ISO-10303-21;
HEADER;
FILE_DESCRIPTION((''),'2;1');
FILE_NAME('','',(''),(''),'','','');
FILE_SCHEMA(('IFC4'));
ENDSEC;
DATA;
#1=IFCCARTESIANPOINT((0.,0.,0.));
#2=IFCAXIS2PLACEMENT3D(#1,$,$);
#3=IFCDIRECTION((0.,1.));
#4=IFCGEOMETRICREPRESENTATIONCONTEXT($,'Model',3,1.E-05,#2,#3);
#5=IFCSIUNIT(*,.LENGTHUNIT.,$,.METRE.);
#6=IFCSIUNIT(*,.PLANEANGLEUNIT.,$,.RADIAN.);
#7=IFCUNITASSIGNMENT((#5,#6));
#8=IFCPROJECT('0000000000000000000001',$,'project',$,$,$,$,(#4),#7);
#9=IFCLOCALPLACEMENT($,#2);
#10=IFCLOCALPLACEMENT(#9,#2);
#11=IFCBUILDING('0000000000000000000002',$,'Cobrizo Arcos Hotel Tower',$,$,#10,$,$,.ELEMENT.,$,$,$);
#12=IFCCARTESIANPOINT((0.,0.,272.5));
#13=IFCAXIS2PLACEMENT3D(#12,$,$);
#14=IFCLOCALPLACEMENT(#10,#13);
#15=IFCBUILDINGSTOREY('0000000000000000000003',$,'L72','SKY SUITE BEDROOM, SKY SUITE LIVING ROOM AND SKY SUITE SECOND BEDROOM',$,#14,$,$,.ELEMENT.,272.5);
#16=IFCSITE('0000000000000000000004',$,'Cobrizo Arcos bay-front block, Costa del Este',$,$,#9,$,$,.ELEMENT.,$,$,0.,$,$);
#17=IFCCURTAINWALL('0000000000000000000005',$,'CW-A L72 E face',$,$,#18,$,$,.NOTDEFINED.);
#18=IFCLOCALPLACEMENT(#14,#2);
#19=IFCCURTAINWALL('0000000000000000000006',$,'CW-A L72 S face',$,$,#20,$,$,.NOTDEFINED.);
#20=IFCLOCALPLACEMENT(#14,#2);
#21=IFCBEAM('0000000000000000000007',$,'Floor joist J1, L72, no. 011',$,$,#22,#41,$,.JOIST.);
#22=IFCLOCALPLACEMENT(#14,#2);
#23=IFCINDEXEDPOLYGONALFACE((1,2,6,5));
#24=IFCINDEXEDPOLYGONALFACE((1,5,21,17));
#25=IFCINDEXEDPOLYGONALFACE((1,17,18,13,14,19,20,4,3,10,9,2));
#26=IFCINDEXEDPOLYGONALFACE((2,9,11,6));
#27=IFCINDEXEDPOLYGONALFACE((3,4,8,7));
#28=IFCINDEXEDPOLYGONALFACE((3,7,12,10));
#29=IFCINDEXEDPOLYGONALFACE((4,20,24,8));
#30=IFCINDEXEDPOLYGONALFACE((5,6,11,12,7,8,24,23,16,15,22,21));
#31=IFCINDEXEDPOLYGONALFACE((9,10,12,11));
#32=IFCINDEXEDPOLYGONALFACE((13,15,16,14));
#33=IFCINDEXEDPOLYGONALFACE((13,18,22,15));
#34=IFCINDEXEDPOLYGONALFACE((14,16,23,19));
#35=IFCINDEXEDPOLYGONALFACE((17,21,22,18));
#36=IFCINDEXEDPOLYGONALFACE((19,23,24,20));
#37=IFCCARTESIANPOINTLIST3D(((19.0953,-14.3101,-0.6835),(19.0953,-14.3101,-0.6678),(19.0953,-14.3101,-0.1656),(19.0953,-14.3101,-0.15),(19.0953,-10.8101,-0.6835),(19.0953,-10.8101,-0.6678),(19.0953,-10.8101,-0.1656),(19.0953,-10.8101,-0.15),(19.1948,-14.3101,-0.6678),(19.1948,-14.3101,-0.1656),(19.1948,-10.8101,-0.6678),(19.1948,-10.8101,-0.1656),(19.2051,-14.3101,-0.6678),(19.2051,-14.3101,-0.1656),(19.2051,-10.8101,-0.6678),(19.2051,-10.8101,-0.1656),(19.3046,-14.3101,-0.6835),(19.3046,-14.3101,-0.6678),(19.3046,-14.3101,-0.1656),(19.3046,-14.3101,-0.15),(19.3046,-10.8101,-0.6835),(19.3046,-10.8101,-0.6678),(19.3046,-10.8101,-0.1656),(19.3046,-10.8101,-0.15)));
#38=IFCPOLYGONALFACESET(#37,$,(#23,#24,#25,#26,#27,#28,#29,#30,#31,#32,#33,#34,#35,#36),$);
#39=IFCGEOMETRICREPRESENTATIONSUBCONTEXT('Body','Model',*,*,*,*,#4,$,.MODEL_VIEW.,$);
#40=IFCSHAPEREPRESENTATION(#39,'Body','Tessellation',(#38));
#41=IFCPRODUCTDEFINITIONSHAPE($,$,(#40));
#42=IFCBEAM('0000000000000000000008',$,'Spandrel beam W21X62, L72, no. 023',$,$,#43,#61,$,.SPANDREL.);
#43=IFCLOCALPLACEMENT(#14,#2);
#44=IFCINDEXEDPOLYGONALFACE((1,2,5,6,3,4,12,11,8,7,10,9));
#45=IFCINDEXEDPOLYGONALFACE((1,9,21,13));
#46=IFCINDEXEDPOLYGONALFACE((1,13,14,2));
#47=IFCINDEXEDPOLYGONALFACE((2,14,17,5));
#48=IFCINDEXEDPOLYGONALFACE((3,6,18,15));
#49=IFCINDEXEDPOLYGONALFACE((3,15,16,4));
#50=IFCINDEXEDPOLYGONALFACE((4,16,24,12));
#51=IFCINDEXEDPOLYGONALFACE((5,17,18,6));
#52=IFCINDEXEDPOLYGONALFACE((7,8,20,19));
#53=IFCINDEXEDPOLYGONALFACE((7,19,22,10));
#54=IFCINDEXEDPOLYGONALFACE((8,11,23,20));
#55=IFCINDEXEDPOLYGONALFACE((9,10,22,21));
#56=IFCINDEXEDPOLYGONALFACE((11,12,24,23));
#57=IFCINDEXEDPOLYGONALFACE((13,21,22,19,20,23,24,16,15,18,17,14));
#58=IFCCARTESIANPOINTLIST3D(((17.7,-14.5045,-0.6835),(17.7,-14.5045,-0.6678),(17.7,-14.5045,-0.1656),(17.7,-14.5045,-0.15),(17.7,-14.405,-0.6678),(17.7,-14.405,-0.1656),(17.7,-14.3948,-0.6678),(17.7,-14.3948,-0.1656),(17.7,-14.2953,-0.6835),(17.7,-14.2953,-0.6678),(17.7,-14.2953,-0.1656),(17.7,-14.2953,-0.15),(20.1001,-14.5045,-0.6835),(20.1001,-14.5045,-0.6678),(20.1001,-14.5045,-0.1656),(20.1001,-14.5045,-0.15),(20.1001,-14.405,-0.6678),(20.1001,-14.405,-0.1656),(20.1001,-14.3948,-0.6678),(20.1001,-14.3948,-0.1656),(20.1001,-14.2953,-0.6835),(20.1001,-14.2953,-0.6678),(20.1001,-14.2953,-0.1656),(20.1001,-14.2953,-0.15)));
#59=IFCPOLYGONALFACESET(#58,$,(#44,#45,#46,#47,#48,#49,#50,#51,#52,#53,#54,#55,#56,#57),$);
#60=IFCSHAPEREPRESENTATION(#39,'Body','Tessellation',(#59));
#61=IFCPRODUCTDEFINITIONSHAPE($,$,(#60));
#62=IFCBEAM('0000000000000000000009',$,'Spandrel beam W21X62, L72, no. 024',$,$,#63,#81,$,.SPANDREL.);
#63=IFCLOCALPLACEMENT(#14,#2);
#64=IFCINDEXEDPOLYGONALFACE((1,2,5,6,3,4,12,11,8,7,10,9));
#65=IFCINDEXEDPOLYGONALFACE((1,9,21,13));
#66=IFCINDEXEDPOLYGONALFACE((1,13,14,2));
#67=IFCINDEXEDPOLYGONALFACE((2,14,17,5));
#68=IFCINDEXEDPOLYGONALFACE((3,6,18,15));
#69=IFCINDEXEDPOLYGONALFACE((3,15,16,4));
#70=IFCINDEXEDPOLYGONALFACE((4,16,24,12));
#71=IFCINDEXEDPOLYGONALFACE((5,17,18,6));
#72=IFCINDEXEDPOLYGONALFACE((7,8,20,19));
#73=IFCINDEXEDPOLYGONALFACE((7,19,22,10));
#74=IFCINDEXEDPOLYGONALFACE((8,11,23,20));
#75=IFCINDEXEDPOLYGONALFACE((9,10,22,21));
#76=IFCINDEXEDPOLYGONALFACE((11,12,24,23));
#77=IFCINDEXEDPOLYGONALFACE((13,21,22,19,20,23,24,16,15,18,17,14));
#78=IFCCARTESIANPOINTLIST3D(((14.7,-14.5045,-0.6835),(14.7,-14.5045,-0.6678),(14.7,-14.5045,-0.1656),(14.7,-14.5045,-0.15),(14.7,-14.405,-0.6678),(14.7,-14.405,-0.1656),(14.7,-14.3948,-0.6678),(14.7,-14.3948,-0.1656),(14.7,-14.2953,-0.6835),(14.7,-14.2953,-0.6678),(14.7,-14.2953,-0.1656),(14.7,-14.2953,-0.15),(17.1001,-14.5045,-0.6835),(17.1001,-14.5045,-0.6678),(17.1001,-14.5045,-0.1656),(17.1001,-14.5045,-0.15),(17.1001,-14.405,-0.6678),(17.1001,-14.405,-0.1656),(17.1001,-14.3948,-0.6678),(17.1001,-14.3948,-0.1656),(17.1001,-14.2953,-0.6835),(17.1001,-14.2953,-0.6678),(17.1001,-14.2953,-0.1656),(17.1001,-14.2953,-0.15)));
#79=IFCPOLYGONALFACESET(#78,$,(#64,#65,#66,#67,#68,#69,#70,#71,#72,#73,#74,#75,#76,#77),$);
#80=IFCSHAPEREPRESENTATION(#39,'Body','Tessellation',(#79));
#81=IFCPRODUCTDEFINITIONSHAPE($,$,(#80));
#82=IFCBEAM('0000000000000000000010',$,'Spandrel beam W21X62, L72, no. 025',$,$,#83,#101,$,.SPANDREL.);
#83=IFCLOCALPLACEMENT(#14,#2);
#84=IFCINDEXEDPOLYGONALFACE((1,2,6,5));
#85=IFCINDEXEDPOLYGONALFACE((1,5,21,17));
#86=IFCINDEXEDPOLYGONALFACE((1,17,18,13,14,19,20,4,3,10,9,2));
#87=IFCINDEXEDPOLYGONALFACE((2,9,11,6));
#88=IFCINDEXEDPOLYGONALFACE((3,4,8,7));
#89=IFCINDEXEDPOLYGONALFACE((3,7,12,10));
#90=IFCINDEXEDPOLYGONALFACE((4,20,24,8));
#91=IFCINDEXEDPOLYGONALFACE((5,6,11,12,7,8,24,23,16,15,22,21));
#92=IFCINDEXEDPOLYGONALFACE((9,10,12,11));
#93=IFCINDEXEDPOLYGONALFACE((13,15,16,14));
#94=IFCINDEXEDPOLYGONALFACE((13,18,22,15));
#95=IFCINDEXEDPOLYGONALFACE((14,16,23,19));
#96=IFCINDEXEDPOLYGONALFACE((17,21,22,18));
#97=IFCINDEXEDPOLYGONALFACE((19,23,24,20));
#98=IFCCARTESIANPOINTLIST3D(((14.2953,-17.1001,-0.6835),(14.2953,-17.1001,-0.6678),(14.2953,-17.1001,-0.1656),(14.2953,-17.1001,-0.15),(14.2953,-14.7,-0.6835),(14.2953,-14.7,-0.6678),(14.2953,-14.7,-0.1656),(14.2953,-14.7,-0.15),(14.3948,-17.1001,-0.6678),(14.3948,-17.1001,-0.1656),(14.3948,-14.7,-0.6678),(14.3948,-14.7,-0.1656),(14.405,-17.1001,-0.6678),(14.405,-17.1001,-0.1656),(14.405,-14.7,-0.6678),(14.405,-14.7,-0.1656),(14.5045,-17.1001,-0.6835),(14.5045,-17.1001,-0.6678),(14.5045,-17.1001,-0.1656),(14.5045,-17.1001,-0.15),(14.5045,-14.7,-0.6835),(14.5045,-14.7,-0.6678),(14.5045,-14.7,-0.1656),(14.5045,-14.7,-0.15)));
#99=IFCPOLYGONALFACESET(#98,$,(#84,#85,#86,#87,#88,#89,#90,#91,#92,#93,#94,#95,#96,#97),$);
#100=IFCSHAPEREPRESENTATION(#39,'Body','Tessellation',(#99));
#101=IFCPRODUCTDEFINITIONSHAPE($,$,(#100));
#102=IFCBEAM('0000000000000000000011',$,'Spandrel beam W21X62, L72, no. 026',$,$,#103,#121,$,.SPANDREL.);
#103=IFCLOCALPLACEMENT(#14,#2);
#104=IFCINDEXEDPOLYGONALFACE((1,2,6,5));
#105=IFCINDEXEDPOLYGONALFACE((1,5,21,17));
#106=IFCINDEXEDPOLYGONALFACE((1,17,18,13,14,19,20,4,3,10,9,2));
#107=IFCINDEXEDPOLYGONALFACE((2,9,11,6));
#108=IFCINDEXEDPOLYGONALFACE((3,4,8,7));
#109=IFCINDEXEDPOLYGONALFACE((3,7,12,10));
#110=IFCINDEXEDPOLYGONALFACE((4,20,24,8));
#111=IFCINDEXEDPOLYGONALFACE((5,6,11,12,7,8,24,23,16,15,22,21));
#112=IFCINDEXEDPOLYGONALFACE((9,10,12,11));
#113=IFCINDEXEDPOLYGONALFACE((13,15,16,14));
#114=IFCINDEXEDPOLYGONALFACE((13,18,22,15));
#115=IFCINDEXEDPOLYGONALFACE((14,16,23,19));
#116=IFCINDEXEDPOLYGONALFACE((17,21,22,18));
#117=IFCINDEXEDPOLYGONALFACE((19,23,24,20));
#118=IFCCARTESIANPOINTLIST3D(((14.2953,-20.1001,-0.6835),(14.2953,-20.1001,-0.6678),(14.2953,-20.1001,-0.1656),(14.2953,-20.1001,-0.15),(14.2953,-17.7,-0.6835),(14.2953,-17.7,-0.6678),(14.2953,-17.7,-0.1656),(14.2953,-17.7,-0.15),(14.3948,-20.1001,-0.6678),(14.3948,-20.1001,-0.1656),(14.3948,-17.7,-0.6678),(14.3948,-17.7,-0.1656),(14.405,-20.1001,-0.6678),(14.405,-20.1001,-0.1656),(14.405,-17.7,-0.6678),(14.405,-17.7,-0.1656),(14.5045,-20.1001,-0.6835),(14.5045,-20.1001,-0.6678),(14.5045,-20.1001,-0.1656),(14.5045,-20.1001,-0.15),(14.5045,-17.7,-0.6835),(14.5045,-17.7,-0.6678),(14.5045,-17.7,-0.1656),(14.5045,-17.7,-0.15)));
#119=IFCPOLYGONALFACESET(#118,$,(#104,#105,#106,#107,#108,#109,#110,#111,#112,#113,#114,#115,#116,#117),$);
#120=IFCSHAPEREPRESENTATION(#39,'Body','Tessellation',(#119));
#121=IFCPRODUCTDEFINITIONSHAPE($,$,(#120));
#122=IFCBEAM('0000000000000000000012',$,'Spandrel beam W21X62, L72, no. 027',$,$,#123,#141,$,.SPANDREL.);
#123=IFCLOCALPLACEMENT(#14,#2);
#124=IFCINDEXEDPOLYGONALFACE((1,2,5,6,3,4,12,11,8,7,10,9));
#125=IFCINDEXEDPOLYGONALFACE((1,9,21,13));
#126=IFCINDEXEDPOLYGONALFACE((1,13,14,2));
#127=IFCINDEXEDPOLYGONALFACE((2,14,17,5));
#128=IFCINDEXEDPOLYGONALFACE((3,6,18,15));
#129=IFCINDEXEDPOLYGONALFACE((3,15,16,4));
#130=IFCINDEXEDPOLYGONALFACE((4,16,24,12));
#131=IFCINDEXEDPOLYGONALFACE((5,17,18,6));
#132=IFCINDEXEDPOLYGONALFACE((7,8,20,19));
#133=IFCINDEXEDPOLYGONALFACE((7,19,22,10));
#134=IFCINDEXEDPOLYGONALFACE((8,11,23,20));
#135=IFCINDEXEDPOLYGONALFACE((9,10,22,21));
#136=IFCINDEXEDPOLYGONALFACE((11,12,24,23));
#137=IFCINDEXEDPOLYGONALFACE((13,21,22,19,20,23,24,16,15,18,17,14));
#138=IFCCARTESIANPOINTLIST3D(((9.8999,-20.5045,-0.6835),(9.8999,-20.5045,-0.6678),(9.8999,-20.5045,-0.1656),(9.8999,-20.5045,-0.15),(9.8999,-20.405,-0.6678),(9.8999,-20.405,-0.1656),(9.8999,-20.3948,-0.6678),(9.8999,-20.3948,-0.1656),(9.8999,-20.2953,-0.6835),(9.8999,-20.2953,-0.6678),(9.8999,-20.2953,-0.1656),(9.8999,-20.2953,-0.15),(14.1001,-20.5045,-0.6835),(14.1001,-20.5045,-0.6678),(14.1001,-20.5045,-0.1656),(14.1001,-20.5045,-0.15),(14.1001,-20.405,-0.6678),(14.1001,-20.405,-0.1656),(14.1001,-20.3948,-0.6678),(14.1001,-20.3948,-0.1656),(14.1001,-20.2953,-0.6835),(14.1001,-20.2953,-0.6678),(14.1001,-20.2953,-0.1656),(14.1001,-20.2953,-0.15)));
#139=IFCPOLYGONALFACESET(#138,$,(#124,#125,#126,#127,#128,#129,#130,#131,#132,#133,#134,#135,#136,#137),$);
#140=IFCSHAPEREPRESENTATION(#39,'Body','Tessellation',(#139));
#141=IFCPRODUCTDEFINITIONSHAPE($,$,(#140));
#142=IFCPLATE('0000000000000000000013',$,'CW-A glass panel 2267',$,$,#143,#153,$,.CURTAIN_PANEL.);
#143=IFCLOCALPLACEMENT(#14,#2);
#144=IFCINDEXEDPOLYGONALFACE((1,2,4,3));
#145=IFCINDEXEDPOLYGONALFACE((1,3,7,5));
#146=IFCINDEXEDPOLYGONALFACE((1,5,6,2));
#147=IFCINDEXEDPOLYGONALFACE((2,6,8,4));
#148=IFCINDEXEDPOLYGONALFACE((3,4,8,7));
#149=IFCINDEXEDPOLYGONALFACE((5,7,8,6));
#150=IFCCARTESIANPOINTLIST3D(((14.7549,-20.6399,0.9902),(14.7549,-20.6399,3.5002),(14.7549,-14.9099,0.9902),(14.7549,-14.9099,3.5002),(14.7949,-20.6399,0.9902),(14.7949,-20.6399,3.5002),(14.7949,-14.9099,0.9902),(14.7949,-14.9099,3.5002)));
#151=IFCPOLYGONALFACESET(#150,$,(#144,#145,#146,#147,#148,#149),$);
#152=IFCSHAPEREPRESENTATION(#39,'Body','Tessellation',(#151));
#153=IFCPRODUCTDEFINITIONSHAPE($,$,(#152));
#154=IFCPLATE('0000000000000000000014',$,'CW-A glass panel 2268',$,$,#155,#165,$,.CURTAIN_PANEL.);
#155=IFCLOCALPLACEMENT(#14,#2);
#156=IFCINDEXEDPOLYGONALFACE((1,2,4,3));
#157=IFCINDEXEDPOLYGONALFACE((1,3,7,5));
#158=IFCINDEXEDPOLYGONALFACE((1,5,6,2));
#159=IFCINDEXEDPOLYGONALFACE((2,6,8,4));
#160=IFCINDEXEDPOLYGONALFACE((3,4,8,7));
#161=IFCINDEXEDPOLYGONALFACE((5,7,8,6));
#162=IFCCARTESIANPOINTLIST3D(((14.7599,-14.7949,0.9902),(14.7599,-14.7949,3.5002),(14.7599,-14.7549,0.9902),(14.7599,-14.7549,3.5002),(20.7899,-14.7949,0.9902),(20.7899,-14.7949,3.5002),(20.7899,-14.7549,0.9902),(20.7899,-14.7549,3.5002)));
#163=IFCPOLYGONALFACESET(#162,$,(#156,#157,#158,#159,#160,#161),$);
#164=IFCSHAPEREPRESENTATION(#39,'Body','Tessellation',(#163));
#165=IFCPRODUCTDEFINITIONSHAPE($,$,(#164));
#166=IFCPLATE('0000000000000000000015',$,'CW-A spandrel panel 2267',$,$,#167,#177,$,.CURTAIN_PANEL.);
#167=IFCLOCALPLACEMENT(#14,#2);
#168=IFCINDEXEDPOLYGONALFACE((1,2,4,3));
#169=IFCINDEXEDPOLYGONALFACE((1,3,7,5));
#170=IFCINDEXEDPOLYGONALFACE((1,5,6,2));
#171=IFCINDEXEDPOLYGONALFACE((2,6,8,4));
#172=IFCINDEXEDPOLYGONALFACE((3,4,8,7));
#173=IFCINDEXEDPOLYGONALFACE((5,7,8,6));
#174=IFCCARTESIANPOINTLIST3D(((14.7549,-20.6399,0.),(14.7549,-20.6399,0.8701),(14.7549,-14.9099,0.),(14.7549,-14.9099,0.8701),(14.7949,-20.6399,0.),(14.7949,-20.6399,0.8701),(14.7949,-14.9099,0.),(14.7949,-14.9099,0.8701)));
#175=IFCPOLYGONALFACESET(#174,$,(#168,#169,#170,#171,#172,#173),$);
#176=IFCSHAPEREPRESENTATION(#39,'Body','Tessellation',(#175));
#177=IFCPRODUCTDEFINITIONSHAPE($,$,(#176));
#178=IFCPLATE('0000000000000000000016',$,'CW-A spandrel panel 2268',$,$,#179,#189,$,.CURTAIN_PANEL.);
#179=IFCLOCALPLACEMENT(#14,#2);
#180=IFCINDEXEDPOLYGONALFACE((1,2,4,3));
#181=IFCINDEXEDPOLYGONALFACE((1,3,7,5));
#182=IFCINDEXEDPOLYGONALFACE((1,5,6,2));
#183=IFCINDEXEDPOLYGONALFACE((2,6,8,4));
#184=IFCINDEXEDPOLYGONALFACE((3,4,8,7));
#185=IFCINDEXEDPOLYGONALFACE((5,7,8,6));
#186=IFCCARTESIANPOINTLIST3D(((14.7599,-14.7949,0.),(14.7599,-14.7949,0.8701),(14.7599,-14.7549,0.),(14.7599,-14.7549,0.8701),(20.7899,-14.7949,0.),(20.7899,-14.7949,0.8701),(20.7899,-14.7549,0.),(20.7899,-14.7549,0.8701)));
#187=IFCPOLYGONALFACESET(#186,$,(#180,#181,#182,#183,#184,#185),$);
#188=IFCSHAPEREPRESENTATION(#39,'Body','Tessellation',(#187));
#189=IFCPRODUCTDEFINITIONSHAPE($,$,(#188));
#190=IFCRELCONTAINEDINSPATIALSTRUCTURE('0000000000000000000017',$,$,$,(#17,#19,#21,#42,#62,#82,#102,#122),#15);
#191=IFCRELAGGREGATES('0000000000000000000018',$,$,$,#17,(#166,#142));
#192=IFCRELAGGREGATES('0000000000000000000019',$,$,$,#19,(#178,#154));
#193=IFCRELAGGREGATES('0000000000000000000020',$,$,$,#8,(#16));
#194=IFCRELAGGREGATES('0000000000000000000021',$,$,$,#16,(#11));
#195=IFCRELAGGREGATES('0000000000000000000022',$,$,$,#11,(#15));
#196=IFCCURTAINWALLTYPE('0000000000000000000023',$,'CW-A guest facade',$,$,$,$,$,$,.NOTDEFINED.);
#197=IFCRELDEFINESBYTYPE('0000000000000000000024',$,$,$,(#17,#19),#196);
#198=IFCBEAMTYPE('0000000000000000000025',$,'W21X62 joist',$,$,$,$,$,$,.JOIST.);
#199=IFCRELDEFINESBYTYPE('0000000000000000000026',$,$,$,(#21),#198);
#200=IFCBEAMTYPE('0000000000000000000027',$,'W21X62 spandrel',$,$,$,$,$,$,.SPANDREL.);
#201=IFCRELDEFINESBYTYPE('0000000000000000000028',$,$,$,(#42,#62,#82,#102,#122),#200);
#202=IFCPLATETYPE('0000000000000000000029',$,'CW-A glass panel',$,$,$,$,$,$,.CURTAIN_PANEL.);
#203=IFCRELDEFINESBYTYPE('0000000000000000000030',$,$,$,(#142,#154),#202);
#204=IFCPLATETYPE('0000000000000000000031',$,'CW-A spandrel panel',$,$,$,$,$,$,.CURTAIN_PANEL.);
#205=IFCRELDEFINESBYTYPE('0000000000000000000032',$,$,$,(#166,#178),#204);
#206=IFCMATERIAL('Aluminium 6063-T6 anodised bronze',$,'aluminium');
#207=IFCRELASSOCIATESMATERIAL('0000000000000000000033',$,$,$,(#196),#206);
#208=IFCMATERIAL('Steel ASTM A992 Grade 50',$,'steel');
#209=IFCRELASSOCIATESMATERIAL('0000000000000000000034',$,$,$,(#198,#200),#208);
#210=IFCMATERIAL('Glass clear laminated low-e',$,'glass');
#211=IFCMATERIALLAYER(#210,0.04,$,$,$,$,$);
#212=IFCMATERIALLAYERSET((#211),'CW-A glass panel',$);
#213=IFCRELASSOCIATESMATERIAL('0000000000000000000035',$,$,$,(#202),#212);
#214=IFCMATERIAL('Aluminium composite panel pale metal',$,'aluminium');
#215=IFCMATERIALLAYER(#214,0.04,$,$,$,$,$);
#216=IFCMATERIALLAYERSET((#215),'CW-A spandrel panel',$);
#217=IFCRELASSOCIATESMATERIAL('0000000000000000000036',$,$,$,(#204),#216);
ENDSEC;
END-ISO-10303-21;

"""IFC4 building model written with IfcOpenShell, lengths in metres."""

from ifc_helpers import new_model, si_unit, direction, frame, origin, origin_2d, place, context, subcontext, project, spatial, rectangle, i_section, extrude, material, layer, layer_set, material_profile, profile_set, type_object, element, aggregate, save


model = new_model("IFC4")

# Units and contexts
model_context = context("Model", 3, precision=1e-05, world=origin(), true_north=direction((0.0, 1.0)))
body_context = subcontext(model_context, "Body", "Model", "MODEL_VIEW")
ifc_project = project(units=[si_unit("LENGTHUNIT", "METRE"), si_unit("PLANEANGLEUNIT", "RADIAN")], contexts=[model_context])

# Site, building, storey
site_placement = place(None, origin())
site = spatial("IfcSite", under=ifc_project, at=site_placement, Name="Cobrizo Arcos bay-front block, Costa del Este", CompositionType="ELEMENT", RefElevation=0.0)
building_placement = place(site_placement, origin())
building = spatial("IfcBuilding", under=site, at=building_placement, Name="Cobrizo Arcos Hotel Tower", CompositionType="ELEMENT")
storey_placement = place(building_placement, frame((0.0, 0.0, 272.5)))
storey = spatial("IfcBuildingStorey", under=building, at=storey_placement, Name="L72", Description="SKY SUITE BEDROOM, SKY SUITE LIVING ROOM AND SKY SUITE SECOND BEDROOM", CompositionType="ELEMENT", Elevation=272.5)

# Shared definitions
ifc_material_1 = material(Name="Aluminium 6063-T6 anodised bronze", Category="aluminium")
curtain_wall_type = type_object("IfcCurtainWallType", Name="CW-A guest facade", PredefinedType="NOTDEFINED", material=ifc_material_1)

# Curtain walls
curtain_wall_1_placement = place(storey_placement, origin())
curtain_wall_1 = element("IfcCurtainWall", 1, at=curtain_wall_1_placement, inside=storey, type_object=curtain_wall_type, Name="CW-A L72 E face", PredefinedType="NOTDEFINED")
curtain_wall_2_placement = place(storey_placement, origin())
curtain_wall_2 = element("IfcCurtainWall", 2, at=curtain_wall_2_placement, inside=storey, type_object=curtain_wall_type, Name="CW-A L72 S face", PredefinedType="NOTDEFINED")

# Beams
ifc_material_2 = material(Name="Steel ASTM A992 Grade 50", Category="steel")
ifc_material_profile_1 = material_profile(ifc_material_2, i_section(OverallWidth=0.2092, OverallDepth=0.5334, WebThickness=0.0103, FlangeThickness=0.0156, at=origin_2d()), Name="W21X62")
ifc_profile_set_1 = profile_set([ifc_material_profile_1], Name="Steel ASTM A992 Grade 50")
beam_type_1 = type_object("IfcBeamType", Name="W21X62 joist", PredefinedType="JOIST", material=ifc_profile_set_1)
beam_1_placement = place(storey_placement, frame((19.2, -14.3101, -0.4167), z_axis=(0.0, 1.0, 0.0), x_axis=(-1.0, 0.0, 0.0)))
element("IfcBeam", 3, at=beam_1_placement, inside=storey, type_object=beam_type_1, Name="Floor joist J1, L72, no. 011", PredefinedType="JOIST", context=body_context, shape_type="SweptSolid", body=[
    extrude(i_section(OverallWidth=0.2092, OverallDepth=0.5334, WebThickness=0.0103, FlangeThickness=0.0156, at=origin_2d()), origin(), (0.0, 0.0, 1.0), 3.5),
])
ifc_material_profile_2 = material_profile(ifc_material_2, i_section(OverallWidth=0.2092, OverallDepth=0.5334, WebThickness=0.0103, FlangeThickness=0.0156, at=origin_2d()), Name="W21X62")
ifc_profile_set_2 = profile_set([ifc_material_profile_2], Name="Steel ASTM A992 Grade 50")
beam_type_2 = type_object("IfcBeamType", Name="W21X62 spandrel", PredefinedType="SPANDREL", material=ifc_profile_set_2)
for number, where, z_axis, x_axis, name in (
    (4, (20.1001, -14.3999, -0.4167), (-1.0, 0.0, 0.0), (0.0, -1.0, 0.0), "Spandrel beam W21X62, L72, no. 023"),
    (5, (17.1001, -14.3999, -0.4167), (-1.0, 0.0, 0.0), (0.0, -1.0, 0.0), "Spandrel beam W21X62, L72, no. 024"),
    (6, (14.3999, -14.7, -0.4167), (0.0, -1.0, 0.0), (1.0, 0.0, 0.0), "Spandrel beam W21X62, L72, no. 025"),
    (7, (14.3999, -17.7, -0.4167), (0.0, -1.0, 0.0), (1.0, 0.0, 0.0), "Spandrel beam W21X62, L72, no. 026"),
):
    element("IfcBeam", number, at=place(storey_placement, frame(where, z_axis=z_axis, x_axis=x_axis)), inside=storey, type_object=beam_type_2, Name=name, PredefinedType="SPANDREL", context=body_context, shape_type="SweptSolid", body=[
        extrude(i_section(OverallWidth=0.2092, OverallDepth=0.5334, WebThickness=0.0103, FlangeThickness=0.0156, at=origin_2d()), origin(), (0.0, 0.0, 1.0), 2.4001),
    ])
beam_2_placement = place(storey_placement, frame((14.1001, -20.3999, -0.4167), z_axis=(-1.0, 0.0, 0.0), x_axis=(0.0, -1.0, 0.0)))
element("IfcBeam", 8, at=beam_2_placement, inside=storey, type_object=beam_type_2, Name="Spandrel beam W21X62, L72, no. 027", PredefinedType="SPANDREL", context=body_context, shape_type="SweptSolid", body=[
    extrude(i_section(OverallWidth=0.2092, OverallDepth=0.5334, WebThickness=0.0103, FlangeThickness=0.0156, at=origin_2d()), origin(), (0.0, 0.0, 1.0), 4.2002),
])

# Plates
ifc_material_3 = material(Name="Glass clear laminated low-e", Category="glass")
ifc_layer_1 = layer(ifc_material_3, 0.04)
ifc_layer_set_1 = layer_set([ifc_layer_1], Name="CW-A glass panel")
plate_type_1 = type_object("IfcPlateType", Name="CW-A glass panel", PredefinedType="CURTAIN_PANEL", material=ifc_layer_set_1)
plate_1_placement = place(storey_placement, frame((14.7749, -17.7749, 0.9902), z_axis=(0.0, 0.0, 1.0), x_axis=(0.0, 1.0, 0.0)))
plate_1 = element("IfcPlate", 9, at=plate_1_placement, type_object=plate_type_1, Name="CW-A glass panel 2267", PredefinedType="CURTAIN_PANEL", context=body_context, shape_type="SweptSolid", body=[
    extrude(rectangle(XDim=5.73, YDim=0.04, at=origin_2d()), origin(), (0.0, 0.0, 1.0), 2.51),
])
plate_2_placement = place(storey_placement, frame((17.7749, -14.7749, 0.9902), z_axis=(0.0, 0.0, 1.0), x_axis=(1.0, 0.0, 0.0)))
plate_2 = element("IfcPlate", 10, at=plate_2_placement, type_object=plate_type_1, Name="CW-A glass panel 2268", PredefinedType="CURTAIN_PANEL", context=body_context, shape_type="SweptSolid", body=[
    extrude(rectangle(XDim=6.03, YDim=0.04, at=origin_2d()), origin(), (0.0, 0.0, 1.0), 2.51),
])
ifc_material_4 = material(Name="Aluminium composite panel pale metal", Category="aluminium")
ifc_layer_2 = layer(ifc_material_4, 0.04)
ifc_layer_set_2 = layer_set([ifc_layer_2], Name="CW-A spandrel panel")
plate_type_2 = type_object("IfcPlateType", Name="CW-A spandrel panel", PredefinedType="CURTAIN_PANEL", material=ifc_layer_set_2)
plate_3_placement = place(storey_placement, frame((14.7749, -17.7749, 0.0), z_axis=(0.0, 0.0, 1.0), x_axis=(0.0, 1.0, 0.0)))
plate_3 = element("IfcPlate", 11, at=plate_3_placement, type_object=plate_type_2, Name="CW-A spandrel panel 2267", PredefinedType="CURTAIN_PANEL", context=body_context, shape_type="SweptSolid", body=[
    extrude(rectangle(XDim=5.73, YDim=0.04, at=origin_2d()), origin(), (0.0, 0.0, 1.0), 0.8701),
])
aggregate(curtain_wall_1, [plate_3, plate_1])
plate_4_placement = place(storey_placement, frame((17.7749, -14.7749, 0.0), z_axis=(0.0, 0.0, 1.0), x_axis=(1.0, 0.0, 0.0)))
plate_4 = element("IfcPlate", 12, at=plate_4_placement, type_object=plate_type_2, Name="CW-A spandrel panel 2268", PredefinedType="CURTAIN_PANEL", context=body_context, shape_type="SweptSolid", body=[
    extrude(rectangle(XDim=6.03, YDim=0.04, at=origin_2d()), origin(), (0.0, 0.0, 1.0), 0.8701),
])
aggregate(curtain_wall_2, [plate_4, plate_2])

save(model, "model.ifc")
